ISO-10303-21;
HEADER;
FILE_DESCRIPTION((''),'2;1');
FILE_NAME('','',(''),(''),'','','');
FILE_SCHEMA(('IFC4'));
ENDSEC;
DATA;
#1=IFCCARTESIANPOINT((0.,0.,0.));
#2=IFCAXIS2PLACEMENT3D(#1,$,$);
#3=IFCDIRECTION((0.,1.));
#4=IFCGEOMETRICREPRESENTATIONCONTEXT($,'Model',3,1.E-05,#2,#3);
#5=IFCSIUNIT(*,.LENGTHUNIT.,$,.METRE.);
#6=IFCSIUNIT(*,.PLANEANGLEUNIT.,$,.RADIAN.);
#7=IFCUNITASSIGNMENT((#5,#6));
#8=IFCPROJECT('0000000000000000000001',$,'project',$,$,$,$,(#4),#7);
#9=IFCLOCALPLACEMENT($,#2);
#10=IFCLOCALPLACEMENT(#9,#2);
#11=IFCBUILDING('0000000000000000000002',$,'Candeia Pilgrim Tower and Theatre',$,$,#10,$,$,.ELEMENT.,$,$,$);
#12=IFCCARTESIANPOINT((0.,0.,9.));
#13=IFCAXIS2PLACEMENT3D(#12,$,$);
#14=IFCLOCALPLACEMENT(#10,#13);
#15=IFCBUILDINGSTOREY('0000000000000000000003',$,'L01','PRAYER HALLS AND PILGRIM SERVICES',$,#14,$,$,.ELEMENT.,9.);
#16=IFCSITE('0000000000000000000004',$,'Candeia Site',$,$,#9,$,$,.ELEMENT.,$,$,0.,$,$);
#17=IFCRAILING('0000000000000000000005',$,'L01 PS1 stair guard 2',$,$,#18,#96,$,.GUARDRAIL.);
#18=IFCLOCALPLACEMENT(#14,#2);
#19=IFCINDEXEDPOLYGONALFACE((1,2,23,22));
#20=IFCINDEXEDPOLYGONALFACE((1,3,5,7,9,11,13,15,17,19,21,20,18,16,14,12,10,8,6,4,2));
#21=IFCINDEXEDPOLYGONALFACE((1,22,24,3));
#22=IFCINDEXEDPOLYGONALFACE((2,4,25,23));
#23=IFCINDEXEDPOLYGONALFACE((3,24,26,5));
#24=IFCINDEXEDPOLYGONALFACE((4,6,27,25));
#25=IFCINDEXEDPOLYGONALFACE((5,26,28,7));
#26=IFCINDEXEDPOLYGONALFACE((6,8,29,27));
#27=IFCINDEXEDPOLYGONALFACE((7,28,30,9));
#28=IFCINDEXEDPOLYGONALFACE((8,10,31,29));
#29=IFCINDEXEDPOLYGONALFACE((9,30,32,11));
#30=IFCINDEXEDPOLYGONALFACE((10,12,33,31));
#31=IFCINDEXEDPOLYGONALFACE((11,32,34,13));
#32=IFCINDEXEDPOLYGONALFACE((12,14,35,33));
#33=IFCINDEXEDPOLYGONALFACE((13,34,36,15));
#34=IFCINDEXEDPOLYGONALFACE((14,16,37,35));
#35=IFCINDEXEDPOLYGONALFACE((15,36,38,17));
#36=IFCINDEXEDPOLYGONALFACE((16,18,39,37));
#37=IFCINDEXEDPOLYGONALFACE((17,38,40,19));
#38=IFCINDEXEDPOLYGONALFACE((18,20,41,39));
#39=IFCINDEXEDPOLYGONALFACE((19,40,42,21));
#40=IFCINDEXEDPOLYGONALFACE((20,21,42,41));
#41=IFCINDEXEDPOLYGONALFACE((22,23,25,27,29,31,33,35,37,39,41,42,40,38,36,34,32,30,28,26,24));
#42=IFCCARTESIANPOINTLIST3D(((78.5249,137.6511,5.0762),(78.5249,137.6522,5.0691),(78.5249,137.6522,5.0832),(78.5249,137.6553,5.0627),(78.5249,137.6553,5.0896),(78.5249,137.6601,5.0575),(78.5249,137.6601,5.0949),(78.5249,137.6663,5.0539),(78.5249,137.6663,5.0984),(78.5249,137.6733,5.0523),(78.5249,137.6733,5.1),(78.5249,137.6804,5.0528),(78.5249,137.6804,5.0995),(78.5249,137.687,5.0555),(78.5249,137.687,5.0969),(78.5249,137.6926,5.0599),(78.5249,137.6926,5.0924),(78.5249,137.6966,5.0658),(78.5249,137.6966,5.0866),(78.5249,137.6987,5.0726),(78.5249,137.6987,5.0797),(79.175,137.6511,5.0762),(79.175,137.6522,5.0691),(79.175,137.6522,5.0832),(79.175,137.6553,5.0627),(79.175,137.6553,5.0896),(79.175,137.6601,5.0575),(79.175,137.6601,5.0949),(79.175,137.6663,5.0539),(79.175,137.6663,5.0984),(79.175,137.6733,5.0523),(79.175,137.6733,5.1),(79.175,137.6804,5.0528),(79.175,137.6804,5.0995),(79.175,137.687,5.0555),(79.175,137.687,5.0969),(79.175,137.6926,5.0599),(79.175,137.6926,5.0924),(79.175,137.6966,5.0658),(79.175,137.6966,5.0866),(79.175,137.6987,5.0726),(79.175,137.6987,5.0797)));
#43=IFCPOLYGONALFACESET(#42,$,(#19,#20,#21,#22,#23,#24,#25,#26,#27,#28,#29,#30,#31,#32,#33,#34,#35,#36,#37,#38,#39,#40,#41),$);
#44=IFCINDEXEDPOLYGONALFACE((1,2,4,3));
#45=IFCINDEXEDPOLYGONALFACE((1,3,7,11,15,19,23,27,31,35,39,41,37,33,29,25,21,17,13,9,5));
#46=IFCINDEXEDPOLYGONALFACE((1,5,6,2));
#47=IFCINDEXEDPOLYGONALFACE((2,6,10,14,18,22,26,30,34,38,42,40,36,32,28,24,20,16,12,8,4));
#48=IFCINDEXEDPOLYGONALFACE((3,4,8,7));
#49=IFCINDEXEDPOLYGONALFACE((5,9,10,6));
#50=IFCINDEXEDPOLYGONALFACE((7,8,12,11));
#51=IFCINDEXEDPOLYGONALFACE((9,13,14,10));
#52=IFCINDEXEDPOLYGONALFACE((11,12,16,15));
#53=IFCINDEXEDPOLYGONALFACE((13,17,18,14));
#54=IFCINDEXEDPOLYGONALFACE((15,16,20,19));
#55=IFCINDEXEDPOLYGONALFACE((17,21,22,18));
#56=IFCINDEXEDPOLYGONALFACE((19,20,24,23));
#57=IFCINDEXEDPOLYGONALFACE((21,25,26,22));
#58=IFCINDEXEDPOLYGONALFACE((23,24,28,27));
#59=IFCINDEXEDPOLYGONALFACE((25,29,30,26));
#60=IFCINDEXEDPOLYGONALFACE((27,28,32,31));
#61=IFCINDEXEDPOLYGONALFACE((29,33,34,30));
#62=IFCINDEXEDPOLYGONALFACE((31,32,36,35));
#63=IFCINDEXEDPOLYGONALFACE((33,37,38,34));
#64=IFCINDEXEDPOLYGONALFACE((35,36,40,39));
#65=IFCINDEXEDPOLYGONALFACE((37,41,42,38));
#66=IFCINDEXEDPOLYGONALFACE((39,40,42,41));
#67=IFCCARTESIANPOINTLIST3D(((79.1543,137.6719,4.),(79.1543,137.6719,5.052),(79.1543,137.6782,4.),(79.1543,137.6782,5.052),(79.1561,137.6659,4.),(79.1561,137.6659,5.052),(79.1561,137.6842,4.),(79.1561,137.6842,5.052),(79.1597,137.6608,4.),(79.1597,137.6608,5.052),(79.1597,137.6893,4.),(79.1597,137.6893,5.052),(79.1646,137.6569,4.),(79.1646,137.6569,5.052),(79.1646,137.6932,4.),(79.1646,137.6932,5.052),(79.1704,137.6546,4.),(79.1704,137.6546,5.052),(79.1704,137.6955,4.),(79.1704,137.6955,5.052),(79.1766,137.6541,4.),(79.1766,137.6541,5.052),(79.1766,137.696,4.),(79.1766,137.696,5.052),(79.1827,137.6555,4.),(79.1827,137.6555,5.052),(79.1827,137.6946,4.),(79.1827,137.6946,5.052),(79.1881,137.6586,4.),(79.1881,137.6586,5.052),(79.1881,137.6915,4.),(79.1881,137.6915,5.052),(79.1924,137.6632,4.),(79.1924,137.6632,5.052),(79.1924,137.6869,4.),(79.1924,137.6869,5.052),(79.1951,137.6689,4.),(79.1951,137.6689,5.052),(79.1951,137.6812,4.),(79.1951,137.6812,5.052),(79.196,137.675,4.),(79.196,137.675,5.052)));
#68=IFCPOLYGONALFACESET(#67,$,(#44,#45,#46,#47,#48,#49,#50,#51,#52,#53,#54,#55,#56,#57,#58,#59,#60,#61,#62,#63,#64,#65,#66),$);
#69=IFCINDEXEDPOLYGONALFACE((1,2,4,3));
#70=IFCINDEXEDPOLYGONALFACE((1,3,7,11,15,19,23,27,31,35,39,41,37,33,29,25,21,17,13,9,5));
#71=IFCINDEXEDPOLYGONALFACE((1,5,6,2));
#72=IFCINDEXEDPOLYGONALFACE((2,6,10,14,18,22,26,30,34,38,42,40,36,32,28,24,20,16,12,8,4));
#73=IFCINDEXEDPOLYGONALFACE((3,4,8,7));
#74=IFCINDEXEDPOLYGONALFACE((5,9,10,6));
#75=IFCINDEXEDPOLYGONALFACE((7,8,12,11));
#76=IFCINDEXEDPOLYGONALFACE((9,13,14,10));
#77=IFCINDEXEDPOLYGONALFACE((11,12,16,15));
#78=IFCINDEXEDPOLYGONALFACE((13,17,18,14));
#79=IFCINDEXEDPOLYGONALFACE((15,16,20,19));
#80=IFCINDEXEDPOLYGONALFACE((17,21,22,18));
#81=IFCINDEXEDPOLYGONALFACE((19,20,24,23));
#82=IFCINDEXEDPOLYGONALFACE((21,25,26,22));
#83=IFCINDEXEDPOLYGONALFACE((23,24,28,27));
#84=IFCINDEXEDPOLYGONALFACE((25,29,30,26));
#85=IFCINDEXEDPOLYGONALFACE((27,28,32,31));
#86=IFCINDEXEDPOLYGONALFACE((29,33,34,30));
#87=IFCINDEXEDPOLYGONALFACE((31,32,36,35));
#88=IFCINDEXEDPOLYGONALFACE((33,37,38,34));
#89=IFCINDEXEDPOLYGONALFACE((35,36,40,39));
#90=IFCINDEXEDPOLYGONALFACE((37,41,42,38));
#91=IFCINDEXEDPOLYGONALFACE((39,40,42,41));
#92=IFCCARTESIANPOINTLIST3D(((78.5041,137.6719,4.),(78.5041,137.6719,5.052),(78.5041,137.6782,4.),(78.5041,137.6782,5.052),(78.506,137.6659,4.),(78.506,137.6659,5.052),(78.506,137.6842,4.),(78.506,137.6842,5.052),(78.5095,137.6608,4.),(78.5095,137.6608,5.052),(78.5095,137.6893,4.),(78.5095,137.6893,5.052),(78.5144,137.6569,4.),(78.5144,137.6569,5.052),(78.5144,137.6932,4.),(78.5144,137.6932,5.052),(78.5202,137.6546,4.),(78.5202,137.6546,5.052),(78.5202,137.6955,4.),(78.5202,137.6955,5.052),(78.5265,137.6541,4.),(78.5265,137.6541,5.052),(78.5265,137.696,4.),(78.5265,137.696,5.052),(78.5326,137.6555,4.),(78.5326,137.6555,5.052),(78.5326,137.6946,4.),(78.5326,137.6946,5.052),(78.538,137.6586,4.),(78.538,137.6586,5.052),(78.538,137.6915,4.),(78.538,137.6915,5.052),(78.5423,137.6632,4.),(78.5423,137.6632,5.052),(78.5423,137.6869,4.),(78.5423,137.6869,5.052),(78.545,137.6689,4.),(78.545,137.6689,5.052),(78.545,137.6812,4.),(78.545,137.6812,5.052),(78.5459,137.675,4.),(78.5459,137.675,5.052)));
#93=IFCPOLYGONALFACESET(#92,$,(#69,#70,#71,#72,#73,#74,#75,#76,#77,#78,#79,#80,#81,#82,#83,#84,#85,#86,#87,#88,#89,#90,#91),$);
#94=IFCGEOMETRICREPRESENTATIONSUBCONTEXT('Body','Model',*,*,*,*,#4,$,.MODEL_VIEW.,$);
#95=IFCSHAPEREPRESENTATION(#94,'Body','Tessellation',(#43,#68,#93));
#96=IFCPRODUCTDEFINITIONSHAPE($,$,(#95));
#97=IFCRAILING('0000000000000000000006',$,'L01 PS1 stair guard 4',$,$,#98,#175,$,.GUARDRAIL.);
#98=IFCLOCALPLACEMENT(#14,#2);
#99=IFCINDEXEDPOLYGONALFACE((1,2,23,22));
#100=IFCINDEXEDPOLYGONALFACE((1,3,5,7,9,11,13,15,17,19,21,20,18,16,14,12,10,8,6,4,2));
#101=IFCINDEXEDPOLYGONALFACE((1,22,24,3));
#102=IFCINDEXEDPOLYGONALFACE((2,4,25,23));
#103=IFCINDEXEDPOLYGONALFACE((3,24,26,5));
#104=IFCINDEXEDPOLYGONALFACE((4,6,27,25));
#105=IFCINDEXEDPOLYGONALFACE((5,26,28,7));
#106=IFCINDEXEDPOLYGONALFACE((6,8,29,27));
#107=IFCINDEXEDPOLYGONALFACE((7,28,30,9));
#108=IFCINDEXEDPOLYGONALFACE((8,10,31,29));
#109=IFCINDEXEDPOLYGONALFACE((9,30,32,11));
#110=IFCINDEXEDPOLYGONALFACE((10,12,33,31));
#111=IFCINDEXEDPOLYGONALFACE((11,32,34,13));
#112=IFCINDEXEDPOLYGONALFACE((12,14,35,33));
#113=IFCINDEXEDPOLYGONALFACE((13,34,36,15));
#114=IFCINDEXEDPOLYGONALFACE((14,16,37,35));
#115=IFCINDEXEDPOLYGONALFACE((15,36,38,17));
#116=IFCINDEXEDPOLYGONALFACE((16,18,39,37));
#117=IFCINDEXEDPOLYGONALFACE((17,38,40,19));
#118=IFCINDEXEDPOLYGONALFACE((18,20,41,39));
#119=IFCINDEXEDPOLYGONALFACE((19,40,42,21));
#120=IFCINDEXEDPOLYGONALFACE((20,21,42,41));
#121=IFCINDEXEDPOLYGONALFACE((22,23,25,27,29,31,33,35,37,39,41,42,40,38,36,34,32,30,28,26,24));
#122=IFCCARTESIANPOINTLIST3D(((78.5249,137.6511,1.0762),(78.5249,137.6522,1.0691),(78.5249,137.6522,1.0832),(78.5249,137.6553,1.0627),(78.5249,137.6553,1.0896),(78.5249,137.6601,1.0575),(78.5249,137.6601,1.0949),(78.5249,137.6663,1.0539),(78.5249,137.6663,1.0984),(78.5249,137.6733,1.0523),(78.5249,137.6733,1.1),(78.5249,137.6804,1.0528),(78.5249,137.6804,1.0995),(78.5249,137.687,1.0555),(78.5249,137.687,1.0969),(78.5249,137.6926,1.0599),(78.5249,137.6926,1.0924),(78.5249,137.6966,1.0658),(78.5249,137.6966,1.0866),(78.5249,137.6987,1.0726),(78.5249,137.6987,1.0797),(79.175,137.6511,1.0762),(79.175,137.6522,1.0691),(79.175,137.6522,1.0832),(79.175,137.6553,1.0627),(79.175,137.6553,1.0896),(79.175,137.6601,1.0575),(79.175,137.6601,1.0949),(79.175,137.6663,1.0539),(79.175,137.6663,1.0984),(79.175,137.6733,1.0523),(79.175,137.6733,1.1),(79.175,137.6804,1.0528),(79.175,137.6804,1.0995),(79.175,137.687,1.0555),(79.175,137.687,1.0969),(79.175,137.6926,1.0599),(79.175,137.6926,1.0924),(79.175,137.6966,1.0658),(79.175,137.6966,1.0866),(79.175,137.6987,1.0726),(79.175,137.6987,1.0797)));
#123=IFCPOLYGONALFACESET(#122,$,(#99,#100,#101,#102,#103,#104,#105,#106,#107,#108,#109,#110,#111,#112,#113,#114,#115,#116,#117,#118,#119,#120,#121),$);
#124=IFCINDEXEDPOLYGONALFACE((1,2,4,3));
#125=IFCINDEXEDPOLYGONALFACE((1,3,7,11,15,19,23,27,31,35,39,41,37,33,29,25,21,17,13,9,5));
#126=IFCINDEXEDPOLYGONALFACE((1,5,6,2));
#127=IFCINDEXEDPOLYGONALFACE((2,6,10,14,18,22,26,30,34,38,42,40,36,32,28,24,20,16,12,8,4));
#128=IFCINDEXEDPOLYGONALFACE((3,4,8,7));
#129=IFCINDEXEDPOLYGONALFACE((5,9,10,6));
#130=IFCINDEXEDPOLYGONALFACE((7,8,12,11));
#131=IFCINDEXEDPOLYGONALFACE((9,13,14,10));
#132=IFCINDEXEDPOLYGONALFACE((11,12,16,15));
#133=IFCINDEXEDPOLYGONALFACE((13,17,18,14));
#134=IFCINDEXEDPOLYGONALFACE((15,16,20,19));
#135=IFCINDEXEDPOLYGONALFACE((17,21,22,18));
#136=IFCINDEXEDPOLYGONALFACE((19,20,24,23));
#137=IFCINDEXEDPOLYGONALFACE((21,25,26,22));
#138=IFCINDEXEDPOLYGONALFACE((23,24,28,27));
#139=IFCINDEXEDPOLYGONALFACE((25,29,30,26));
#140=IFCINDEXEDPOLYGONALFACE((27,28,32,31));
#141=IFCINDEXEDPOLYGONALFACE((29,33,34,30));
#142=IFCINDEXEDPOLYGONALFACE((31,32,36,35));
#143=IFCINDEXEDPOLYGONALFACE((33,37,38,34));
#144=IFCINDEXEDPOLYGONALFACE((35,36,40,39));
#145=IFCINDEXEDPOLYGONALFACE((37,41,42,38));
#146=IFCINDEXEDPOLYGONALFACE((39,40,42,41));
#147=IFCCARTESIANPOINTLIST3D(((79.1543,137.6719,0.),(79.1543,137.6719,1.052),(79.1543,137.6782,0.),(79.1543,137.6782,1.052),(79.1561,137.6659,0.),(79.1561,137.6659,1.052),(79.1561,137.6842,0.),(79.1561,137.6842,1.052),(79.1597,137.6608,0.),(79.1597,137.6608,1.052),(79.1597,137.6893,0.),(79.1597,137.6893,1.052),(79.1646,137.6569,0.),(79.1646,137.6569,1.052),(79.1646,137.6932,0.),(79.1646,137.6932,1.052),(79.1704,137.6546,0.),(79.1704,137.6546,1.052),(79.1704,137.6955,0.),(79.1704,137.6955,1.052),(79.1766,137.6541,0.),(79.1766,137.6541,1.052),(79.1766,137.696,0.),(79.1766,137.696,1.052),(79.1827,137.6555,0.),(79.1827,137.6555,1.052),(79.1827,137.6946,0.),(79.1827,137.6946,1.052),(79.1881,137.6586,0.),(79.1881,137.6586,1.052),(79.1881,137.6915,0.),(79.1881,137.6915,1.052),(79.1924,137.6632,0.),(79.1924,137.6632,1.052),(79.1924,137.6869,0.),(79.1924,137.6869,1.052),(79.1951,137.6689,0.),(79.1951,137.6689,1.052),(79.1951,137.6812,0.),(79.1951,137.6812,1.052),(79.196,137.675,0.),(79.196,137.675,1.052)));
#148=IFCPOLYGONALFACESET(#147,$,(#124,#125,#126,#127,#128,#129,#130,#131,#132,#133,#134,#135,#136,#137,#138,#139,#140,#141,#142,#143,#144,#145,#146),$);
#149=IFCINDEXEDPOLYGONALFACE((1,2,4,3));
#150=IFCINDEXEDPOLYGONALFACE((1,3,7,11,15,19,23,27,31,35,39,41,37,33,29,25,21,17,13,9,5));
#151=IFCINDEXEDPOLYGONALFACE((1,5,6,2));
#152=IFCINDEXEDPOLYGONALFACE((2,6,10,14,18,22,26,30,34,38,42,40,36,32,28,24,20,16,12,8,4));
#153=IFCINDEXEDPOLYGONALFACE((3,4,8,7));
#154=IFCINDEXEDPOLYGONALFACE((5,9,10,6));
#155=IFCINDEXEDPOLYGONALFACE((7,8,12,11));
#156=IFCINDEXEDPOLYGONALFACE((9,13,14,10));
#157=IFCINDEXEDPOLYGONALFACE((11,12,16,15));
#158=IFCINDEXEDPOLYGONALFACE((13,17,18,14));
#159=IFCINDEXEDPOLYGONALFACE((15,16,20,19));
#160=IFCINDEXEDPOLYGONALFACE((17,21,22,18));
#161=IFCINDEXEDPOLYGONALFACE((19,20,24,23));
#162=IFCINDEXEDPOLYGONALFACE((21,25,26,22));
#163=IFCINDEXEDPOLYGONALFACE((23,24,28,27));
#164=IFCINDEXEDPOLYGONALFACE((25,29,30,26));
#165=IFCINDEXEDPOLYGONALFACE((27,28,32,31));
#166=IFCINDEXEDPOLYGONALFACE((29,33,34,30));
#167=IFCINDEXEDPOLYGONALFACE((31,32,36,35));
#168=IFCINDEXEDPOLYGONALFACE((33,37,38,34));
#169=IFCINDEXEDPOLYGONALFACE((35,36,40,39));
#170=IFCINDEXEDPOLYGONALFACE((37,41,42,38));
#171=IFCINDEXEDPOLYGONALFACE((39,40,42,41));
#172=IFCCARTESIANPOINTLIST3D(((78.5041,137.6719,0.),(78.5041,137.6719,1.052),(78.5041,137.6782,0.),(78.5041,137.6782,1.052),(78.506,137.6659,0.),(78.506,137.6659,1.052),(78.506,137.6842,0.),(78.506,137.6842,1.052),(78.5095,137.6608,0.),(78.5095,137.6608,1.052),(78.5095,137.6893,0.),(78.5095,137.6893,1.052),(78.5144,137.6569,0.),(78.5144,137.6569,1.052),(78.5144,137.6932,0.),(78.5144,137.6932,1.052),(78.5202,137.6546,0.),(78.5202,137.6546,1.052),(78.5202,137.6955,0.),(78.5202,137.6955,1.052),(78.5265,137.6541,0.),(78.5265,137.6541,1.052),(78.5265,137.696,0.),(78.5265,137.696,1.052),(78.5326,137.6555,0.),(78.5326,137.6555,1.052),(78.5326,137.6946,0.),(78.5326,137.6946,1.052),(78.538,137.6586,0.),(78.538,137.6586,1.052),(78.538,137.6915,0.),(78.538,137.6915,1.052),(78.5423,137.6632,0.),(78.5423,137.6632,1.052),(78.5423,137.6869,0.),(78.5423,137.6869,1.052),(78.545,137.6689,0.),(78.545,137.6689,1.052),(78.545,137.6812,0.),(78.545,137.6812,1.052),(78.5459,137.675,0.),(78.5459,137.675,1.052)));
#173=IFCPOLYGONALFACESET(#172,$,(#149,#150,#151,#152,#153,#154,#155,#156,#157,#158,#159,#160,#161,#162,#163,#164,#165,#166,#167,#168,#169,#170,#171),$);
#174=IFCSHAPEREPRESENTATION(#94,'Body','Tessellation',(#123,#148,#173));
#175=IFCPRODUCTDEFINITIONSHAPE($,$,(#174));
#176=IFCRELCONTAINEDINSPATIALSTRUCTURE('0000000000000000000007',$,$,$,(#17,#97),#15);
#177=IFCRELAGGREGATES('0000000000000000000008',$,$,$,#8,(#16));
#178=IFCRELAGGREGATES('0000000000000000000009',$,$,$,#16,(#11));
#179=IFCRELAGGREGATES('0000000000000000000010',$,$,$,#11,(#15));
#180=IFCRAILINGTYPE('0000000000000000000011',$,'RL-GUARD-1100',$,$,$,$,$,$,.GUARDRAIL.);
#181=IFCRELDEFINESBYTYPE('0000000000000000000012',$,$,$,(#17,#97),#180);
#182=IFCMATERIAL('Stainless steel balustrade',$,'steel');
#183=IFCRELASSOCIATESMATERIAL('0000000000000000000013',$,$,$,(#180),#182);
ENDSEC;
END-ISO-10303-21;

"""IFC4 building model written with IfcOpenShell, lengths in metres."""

from ifc_helpers import new_model, si_unit, direction, frame, origin, origin_2d, place, context, subcontext, project, spatial, circle, extrude, material, type_object, element, save


model = new_model("IFC4")

# Units and contexts
model_context = context("Model", 3, precision=1e-05, world=origin(), true_north=direction((0.0, 1.0)))
body_context = subcontext(model_context, "Body", "Model", "MODEL_VIEW")
ifc_project = project(units=[si_unit("LENGTHUNIT", "METRE"), si_unit("PLANEANGLEUNIT", "RADIAN")], contexts=[model_context])

# Site, building, storey
site_placement = place(None, origin())
site = spatial("IfcSite", under=ifc_project, at=site_placement, Name="Candeia Site", CompositionType="ELEMENT", RefElevation=0.0)
building_placement = place(site_placement, origin())
building = spatial("IfcBuilding", under=site, at=building_placement, Name="Candeia Pilgrim Tower and Theatre", CompositionType="ELEMENT")
storey_placement = place(building_placement, frame((0.0, 0.0, 9.0)))
storey = spatial("IfcBuildingStorey", under=building, at=storey_placement, Name="L01", Description="PRAYER HALLS AND PILGRIM SERVICES", CompositionType="ELEMENT", Elevation=9.0)

# Railings
ifc_material_1 = material(Name="Stainless steel balustrade", Category="steel")
railing_type_1 = type_object("IfcRailingType", Name="RL-GUARD-1100", PredefinedType="GUARDRAIL", material=ifc_material_1)
railing_1_placement = place(storey_placement, frame((79.175, 137.675, 4.0)))
element("IfcRailing", 1, at=railing_1_placement, inside=storey, type_object=railing_type_1, Name="L01 PS1 stair guard 2", PredefinedType="GUARDRAIL", context=body_context, shape_type="SweptSolid", body=[
    extrude(circle(Radius=0.0239, at=origin_2d()), frame((0.0, 0.0, 1.0762), z_axis=(-1.0, 0.0, 0.0), x_axis=(0.0, -1.0, 0.0)), (0.0, 0.0, 1.0), 0.6501),
    extrude(circle(Radius=0.021, at=origin_2d()), origin(), (0.0, 0.0, 1.0), 1.052),
    extrude(circle(Radius=0.021, at=origin_2d()), frame((-0.6501, 0.0, 0.0)), (0.0, 0.0, 1.0), 1.052),
])
railing_2_placement = place(storey_placement, frame((79.175, 137.675, 0.0)))
element("IfcRailing", 2, at=railing_2_placement, inside=storey, type_object=railing_type_1, Name="L01 PS1 stair guard 4", PredefinedType="GUARDRAIL", context=body_context, shape_type="SweptSolid", body=[
    extrude(circle(Radius=0.0239, at=origin_2d()), frame((0.0, 0.0, 1.0762), z_axis=(-1.0, 0.0, 0.0), x_axis=(0.0, -1.0, 0.0)), (0.0, 0.0, 1.0), 0.6501),
    extrude(circle(Radius=0.021, at=origin_2d()), origin(), (0.0, 0.0, 1.0), 1.052),
    extrude(circle(Radius=0.021, at=origin_2d()), frame((-0.6501, 0.0, 0.0)), (0.0, 0.0, 1.0), 1.052),
])

save(model, "model.ifc")
